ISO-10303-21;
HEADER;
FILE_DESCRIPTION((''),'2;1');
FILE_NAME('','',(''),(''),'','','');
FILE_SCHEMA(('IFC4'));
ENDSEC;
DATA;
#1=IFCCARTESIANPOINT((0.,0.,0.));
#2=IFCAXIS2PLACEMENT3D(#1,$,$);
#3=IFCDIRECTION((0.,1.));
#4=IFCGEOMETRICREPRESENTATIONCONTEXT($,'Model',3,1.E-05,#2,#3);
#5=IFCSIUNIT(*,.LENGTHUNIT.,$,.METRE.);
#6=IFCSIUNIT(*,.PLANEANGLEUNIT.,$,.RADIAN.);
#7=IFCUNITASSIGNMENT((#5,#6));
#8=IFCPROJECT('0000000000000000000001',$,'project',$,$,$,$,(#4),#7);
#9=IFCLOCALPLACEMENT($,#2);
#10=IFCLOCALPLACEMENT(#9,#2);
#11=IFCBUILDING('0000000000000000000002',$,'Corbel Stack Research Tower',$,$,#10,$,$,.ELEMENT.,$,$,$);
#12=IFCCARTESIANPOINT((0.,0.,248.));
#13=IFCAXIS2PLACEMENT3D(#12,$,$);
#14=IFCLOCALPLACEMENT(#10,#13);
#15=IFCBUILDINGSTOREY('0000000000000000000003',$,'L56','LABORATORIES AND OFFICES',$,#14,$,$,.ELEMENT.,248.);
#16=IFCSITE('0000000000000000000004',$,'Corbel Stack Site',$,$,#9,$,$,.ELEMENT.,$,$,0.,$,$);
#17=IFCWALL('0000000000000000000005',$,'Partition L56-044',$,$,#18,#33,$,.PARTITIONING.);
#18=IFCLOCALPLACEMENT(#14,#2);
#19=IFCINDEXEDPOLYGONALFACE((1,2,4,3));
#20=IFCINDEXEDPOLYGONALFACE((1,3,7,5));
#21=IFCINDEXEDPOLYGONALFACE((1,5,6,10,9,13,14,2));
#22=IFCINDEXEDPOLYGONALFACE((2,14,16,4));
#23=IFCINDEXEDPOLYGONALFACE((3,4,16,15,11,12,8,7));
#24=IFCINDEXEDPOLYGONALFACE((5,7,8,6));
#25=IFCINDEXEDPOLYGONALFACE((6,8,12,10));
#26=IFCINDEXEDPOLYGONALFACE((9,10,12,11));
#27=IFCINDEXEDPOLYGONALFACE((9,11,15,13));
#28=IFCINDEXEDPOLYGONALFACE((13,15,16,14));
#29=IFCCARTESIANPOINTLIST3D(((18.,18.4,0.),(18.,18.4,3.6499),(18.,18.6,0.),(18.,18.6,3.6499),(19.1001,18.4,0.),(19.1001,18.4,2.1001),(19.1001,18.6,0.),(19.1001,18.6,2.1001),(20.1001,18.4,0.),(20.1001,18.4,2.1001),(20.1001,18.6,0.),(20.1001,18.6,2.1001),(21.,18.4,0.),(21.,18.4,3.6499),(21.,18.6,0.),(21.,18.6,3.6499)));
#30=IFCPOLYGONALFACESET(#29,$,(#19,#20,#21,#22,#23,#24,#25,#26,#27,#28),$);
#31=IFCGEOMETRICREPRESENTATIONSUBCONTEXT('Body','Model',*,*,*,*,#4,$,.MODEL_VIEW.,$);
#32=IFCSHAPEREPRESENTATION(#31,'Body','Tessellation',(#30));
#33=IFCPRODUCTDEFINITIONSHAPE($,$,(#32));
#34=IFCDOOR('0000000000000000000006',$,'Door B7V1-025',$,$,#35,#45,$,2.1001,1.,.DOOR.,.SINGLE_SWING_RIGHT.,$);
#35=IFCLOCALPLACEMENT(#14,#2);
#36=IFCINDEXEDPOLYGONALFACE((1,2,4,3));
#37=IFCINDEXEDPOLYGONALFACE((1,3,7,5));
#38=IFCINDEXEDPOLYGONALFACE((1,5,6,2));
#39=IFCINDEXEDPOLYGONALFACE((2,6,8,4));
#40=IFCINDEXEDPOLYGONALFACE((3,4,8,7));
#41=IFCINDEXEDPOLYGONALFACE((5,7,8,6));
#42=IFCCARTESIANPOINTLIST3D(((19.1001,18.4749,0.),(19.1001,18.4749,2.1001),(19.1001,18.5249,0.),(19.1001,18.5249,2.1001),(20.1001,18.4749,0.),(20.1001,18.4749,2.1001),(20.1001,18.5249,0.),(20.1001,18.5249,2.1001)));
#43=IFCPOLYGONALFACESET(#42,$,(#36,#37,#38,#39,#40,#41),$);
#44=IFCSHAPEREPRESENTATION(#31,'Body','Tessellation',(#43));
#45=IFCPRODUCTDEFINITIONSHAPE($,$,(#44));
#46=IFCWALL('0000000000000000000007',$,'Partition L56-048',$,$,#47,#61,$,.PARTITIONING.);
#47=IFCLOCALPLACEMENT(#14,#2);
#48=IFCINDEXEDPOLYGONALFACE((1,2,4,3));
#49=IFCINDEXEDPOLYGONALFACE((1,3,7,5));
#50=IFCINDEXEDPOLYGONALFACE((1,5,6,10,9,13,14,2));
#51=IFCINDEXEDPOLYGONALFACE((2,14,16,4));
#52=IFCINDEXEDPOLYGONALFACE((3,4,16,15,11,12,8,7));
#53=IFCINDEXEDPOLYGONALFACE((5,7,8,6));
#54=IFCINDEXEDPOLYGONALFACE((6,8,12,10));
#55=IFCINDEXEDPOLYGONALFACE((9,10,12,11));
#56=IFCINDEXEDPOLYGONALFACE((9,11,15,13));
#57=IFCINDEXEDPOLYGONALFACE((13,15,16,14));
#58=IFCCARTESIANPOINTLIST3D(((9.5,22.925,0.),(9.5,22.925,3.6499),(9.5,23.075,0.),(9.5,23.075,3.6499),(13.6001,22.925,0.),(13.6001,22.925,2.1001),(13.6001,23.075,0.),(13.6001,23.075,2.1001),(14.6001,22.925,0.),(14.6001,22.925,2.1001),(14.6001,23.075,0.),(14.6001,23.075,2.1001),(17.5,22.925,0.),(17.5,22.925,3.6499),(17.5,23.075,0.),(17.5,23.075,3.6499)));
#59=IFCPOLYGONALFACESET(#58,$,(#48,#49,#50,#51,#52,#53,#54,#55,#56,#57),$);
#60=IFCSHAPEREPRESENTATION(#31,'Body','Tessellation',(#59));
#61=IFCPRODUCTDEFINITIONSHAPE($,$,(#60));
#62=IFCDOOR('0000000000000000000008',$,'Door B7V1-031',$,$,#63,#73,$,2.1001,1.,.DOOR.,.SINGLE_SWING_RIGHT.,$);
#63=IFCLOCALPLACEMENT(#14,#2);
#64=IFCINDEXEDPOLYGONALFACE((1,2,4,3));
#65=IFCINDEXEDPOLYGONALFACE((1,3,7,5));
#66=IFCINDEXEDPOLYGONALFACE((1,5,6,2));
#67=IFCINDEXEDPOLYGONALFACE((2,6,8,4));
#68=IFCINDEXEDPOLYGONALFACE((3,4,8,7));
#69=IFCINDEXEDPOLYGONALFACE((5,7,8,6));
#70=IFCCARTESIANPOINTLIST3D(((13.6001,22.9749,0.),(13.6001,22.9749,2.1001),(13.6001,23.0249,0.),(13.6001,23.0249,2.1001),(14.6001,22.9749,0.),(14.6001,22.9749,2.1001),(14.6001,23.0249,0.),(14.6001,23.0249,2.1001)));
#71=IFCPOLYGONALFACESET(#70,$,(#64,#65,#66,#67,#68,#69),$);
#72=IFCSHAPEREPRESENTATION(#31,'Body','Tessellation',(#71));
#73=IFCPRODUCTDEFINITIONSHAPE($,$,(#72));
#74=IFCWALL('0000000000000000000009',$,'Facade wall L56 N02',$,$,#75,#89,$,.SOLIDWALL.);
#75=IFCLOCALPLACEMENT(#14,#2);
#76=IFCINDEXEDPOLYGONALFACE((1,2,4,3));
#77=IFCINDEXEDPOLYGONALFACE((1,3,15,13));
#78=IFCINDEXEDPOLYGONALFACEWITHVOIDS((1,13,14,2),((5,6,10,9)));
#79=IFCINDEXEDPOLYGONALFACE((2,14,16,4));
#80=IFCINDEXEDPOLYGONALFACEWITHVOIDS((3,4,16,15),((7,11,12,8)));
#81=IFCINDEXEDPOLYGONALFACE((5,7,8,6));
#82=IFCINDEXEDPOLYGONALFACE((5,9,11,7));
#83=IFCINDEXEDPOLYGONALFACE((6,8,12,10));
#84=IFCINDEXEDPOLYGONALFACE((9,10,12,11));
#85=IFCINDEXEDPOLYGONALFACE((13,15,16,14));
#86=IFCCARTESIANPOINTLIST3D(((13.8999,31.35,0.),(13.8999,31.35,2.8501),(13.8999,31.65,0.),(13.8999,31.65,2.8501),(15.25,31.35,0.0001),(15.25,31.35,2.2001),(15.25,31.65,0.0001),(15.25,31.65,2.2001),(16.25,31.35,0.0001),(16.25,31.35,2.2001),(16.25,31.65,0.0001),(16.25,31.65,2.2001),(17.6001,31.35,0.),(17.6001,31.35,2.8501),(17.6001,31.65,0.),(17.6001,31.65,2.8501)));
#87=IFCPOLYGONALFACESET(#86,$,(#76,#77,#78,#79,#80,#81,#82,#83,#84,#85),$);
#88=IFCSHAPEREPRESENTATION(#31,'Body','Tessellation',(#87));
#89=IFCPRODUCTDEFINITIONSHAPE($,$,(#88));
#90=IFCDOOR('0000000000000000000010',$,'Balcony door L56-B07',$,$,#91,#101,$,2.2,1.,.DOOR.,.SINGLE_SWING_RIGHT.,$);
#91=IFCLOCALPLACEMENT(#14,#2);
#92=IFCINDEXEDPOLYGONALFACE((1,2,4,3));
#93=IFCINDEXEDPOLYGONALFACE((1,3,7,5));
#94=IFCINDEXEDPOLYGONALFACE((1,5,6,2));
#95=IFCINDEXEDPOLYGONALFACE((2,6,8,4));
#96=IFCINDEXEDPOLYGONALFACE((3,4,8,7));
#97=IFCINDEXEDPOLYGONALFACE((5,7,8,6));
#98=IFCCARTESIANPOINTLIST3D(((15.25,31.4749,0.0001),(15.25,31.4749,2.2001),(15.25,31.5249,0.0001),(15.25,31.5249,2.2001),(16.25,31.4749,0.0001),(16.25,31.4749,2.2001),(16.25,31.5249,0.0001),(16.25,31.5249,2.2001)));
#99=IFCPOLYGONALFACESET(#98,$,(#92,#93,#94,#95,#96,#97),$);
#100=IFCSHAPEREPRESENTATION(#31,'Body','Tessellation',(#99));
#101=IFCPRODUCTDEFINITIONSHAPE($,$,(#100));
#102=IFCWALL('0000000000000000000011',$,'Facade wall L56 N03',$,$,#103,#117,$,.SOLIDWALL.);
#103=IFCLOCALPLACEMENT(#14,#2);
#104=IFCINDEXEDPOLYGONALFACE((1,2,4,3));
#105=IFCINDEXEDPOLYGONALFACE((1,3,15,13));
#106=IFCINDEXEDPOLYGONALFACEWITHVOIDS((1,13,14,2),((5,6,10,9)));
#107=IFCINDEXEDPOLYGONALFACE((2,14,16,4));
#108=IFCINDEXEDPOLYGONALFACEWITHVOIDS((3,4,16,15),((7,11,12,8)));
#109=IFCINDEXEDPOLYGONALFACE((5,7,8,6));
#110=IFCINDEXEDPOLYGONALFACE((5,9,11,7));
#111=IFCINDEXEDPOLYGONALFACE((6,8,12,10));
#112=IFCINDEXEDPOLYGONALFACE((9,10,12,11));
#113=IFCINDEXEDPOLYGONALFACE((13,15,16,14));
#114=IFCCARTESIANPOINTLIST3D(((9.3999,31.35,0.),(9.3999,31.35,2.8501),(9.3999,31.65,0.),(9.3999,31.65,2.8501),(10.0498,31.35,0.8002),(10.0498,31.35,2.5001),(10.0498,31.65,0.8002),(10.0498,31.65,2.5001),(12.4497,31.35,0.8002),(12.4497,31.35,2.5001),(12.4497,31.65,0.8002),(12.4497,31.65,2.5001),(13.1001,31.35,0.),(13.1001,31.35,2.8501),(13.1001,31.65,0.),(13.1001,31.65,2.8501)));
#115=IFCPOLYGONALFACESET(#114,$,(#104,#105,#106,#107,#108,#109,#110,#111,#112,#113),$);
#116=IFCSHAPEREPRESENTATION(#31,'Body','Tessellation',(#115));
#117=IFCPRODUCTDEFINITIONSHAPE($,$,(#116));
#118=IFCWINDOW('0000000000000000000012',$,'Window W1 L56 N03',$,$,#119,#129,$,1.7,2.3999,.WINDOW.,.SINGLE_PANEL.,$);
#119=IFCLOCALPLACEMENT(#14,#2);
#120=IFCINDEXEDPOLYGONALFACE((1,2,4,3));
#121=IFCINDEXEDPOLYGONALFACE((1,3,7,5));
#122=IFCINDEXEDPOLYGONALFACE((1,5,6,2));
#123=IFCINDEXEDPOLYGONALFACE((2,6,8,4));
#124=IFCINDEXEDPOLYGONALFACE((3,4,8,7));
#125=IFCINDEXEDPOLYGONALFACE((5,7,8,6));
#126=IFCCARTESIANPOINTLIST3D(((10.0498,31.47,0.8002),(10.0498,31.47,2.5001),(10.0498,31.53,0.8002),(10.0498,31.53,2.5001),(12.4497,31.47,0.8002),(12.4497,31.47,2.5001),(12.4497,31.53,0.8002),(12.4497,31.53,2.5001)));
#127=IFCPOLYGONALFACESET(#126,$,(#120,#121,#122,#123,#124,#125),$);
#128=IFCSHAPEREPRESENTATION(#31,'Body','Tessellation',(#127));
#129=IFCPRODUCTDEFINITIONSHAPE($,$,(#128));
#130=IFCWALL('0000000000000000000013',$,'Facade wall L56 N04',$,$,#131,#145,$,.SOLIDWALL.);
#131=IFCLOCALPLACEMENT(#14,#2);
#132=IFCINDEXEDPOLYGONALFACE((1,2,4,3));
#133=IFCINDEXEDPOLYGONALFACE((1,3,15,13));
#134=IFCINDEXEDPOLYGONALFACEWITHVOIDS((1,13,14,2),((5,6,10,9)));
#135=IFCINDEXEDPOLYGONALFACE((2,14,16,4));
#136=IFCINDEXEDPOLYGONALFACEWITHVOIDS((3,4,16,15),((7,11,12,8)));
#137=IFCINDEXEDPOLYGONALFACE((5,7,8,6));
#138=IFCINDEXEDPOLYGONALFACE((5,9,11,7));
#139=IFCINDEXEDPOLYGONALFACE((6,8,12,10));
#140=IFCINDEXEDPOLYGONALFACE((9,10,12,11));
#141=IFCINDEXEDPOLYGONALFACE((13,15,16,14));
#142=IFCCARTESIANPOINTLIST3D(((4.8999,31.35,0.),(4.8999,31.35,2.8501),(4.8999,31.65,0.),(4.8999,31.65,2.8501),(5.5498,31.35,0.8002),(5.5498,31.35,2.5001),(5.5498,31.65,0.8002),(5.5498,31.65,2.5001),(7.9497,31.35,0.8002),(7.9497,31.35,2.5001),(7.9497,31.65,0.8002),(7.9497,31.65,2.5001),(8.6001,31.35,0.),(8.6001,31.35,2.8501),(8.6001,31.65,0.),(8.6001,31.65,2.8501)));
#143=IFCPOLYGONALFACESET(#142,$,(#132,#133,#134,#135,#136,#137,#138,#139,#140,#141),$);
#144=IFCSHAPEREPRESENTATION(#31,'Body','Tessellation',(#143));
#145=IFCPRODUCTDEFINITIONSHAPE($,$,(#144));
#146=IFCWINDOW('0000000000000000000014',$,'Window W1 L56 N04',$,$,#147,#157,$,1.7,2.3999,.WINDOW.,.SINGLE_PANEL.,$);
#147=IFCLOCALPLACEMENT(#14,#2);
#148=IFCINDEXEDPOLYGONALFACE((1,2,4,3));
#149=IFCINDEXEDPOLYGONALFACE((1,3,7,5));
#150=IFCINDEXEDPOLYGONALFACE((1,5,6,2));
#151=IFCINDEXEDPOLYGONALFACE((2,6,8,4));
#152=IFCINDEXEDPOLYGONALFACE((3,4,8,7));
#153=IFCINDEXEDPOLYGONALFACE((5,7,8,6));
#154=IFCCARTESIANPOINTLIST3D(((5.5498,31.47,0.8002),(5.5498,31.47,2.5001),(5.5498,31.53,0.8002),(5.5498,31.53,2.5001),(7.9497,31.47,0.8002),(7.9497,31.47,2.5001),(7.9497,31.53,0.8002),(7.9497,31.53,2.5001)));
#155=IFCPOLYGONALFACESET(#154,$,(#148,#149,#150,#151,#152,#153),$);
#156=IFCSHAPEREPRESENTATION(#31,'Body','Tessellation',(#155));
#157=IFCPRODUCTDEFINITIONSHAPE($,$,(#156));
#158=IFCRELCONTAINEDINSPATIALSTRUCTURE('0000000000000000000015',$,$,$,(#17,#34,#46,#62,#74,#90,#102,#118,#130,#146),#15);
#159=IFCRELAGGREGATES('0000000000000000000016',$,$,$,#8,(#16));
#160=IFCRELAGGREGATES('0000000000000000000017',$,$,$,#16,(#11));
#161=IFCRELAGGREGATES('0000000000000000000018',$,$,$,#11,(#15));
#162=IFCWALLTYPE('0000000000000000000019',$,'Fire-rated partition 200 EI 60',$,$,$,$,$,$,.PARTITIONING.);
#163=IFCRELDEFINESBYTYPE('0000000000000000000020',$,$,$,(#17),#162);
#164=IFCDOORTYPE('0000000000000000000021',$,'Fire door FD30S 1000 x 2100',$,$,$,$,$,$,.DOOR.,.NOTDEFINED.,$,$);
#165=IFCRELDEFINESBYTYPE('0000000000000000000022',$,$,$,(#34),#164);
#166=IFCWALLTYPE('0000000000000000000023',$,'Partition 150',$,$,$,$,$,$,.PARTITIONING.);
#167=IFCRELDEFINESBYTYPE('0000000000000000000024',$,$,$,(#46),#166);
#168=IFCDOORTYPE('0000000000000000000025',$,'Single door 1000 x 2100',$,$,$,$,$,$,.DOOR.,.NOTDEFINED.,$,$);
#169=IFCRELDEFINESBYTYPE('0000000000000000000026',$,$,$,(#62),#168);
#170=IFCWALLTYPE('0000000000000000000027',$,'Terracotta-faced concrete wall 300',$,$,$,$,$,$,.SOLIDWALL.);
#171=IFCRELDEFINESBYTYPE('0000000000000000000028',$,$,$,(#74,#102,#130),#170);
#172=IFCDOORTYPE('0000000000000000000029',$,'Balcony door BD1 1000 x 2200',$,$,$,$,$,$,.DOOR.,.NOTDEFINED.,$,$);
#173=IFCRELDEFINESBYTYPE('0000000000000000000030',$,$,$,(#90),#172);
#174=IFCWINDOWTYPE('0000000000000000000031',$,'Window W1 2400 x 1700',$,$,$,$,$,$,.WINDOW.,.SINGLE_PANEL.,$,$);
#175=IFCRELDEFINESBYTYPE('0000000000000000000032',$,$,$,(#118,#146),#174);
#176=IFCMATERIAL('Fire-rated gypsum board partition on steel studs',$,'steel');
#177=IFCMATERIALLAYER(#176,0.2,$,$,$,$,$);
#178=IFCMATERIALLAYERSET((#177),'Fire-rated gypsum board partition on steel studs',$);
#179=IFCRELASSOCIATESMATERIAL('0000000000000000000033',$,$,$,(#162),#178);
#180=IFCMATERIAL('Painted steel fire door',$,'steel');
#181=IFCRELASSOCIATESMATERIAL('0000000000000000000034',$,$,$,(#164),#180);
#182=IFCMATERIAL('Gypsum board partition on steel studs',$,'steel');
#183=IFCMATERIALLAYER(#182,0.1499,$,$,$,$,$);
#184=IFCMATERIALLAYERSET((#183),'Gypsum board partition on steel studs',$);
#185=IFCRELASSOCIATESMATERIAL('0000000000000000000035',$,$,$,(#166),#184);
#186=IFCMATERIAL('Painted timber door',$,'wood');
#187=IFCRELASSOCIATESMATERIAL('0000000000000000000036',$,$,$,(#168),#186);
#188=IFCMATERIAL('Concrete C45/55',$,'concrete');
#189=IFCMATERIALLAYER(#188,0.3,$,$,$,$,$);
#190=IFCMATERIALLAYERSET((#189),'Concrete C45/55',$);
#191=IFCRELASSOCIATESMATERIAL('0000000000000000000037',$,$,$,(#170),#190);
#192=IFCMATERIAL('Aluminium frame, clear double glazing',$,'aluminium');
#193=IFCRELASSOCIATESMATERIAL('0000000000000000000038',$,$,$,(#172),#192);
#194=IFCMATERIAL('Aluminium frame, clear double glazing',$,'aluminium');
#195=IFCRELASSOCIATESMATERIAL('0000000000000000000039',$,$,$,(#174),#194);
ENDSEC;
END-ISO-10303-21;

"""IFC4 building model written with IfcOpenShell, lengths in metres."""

from ifc_helpers import new_model, si_unit, direction, frame, frame_2d, origin, place, context, subcontext, project, spatial, rectangle, extrude, material, layer, layer_set, type_object, element, fill, save


model = new_model("IFC4")

# Units and contexts
model_context = context("Model", 3, precision=1e-05, world=origin(), true_north=direction((0.0, 1.0)))
body_context = subcontext(model_context, "Body", "Model", "MODEL_VIEW")
ifc_project = project(units=[si_unit("LENGTHUNIT", "METRE"), si_unit("PLANEANGLEUNIT", "RADIAN")], contexts=[model_context])

# Site, building, storey
site_placement = place(None, origin())
site = spatial("IfcSite", under=ifc_project, at=site_placement, Name="Corbel Stack Site", CompositionType="ELEMENT", RefElevation=0.0)
building_placement = place(site_placement, origin())
building = spatial("IfcBuilding", under=site, at=building_placement, Name="Corbel Stack Research Tower", CompositionType="ELEMENT")
storey_placement = place(building_placement, frame((0.0, 0.0, 248.0)))
storey = spatial("IfcBuildingStorey", under=building, at=storey_placement, Name="L56", Description="LABORATORIES AND OFFICES", CompositionType="ELEMENT", Elevation=248.0)

# Shared definitions
ifc_material_1 = material(Name="Fire-rated gypsum board partition on steel studs", Category="steel")
ifc_layer_1 = layer(ifc_material_1, 0.2)
ifc_layer_set_1 = layer_set([ifc_layer_1], Name="Fire-rated gypsum board partition on steel studs")
wall_type_1 = type_object("IfcWallType", Name="Fire-rated partition 200 EI 60", PredefinedType="PARTITIONING", material=ifc_layer_set_1)

# Walls, openings, doors
wall_1_placement = place(storey_placement, frame((18.0, 18.5, 0.0), z_axis=(0.0, 0.0, 1.0), x_axis=(1.0, 0.0, 0.0)))
wall_1 = element("IfcWall", 1, at=wall_1_placement, inside=storey, type_object=wall_type_1, Name="Partition L56-044", PredefinedType="PARTITIONING", context=body_context, shape_type="SweptSolid", body=[
    extrude(rectangle(XDim=3.0, YDim=0.2, at=frame_2d((1.5, 0.0))), origin(), (0.0, 0.0, 1.0), 3.6499),
])
opening_1_placement = place(wall_1_placement, frame((1.1001, 0.0, 0.0)))
opening_1 = element("IfcOpeningElement", 2, at=opening_1_placement, cuts=wall_1, PredefinedType="OPENING", context=body_context, shape_type="SweptSolid", body=[
    extrude(rectangle(XDim=1.0, YDim=2.1001, at=frame_2d((0.5, 1.05))), frame((0.0, 0.1099, 0.0), z_axis=(0.0, -1.0, 0.0), x_axis=(1.0, 0.0, 0.0)), (0.0, 0.0, 1.0), 0.22),
])
ifc_material_2 = material(Name="Painted steel fire door", Category="steel")
door_type_1 = type_object("IfcDoorType", Name="Fire door FD30S 1000 x 2100", OperationType="NOTDEFINED", PredefinedType="DOOR", material=ifc_material_2)
door_1_placement = place(opening_1_placement, origin())
door_1 = element("IfcDoor", 3, at=door_1_placement, inside=storey, type_object=door_type_1, Name="Door B7V1-025", OperationType="SINGLE_SWING_RIGHT", OverallHeight=2.1001, OverallWidth=1.0, PredefinedType="DOOR", context=body_context, shape_type="SweptSolid", body=[
    extrude(rectangle(XDim=1.0, YDim=2.1001, at=frame_2d((0.5, 1.05))), frame((0.0, 0.0249, 0.0), z_axis=(0.0, -1.0, 0.0), x_axis=(1.0, 0.0, 0.0)), (0.0, 0.0, 1.0), 0.05),
])
fill(opening_1, door_1)
ifc_material_3 = material(Name="Gypsum board partition on steel studs", Category="steel")
ifc_layer_2 = layer(ifc_material_3, 0.1499)
ifc_layer_set_2 = layer_set([ifc_layer_2], Name="Gypsum board partition on steel studs")
wall_type_2 = type_object("IfcWallType", Name="Partition 150", PredefinedType="PARTITIONING", material=ifc_layer_set_2)
wall_2_placement = place(storey_placement, frame((9.5, 23.0, 0.0), z_axis=(0.0, 0.0, 1.0), x_axis=(1.0, 0.0, 0.0)))
wall_2 = element("IfcWall", 4, at=wall_2_placement, inside=storey, type_object=wall_type_2, Name="Partition L56-048", PredefinedType="PARTITIONING", context=body_context, shape_type="SweptSolid", body=[
    extrude(rectangle(XDim=8.0, YDim=0.1499, at=frame_2d((4.0, 0.0))), origin(), (0.0, 0.0, 1.0), 3.6499),
])
opening_2_placement = place(wall_2_placement, frame((4.1001, 0.0, 0.0)))
opening_2 = element("IfcOpeningElement", 5, at=opening_2_placement, cuts=wall_2, PredefinedType="OPENING", context=body_context, shape_type="SweptSolid", body=[
    extrude(rectangle(XDim=1.0, YDim=2.1001, at=frame_2d((0.5, 1.05))), frame((0.0, 0.085, 0.0), z_axis=(0.0, -1.0, 0.0), x_axis=(1.0, 0.0, 0.0)), (0.0, 0.0, 1.0), 0.1699),
])
ifc_material_4 = material(Name="Painted timber door", Category="wood")
door_type_2 = type_object("IfcDoorType", Name="Single door 1000 x 2100", OperationType="NOTDEFINED", PredefinedType="DOOR", material=ifc_material_4)
door_2_placement = place(opening_2_placement, origin())
door_2 = element("IfcDoor", 6, at=door_2_placement, inside=storey, type_object=door_type_2, Name="Door B7V1-031", OperationType="SINGLE_SWING_RIGHT", OverallHeight=2.1001, OverallWidth=1.0, PredefinedType="DOOR", context=body_context, shape_type="SweptSolid", body=[
    extrude(rectangle(XDim=1.0, YDim=2.1001, at=frame_2d((0.5, 1.05))), frame((0.0, 0.0249, 0.0), z_axis=(0.0, -1.0, 0.0), x_axis=(1.0, 0.0, 0.0)), (0.0, 0.0, 1.0), 0.05),
])
fill(opening_2, door_2)
ifc_material_5 = material(Name="Concrete C45/55", Category="concrete")
ifc_layer_3 = layer(ifc_material_5, 0.3)
ifc_layer_set_3 = layer_set([ifc_layer_3], Name="Concrete C45/55")
wall_type_3 = type_object("IfcWallType", Name="Terracotta-faced concrete wall 300", PredefinedType="SOLIDWALL", material=ifc_layer_set_3)
wall_3_placement = place(storey_placement, frame((13.8999, 31.5, 0.0), z_axis=(0.0, 0.0, 1.0), x_axis=(1.0, 0.0, 0.0)))
wall_3 = element("IfcWall", 7, at=wall_3_placement, inside=storey, type_object=wall_type_3, Name="Facade wall L56 N02", PredefinedType="SOLIDWALL", context=body_context, shape_type="SweptSolid", body=[
    extrude(rectangle(XDim=3.7002, YDim=0.3, at=frame_2d((1.8501, 0.0))), origin(), (0.0, 0.0, 1.0), 2.8501),
])
opening_3_placement = place(wall_3_placement, frame((1.3501, 0.0, 0.0)))
opening_3 = element("IfcOpeningElement", 8, at=opening_3_placement, cuts=wall_3, PredefinedType="OPENING", context=body_context, shape_type="SweptSolid", body=[
    extrude(rectangle(XDim=1.0, YDim=2.2, at=frame_2d((0.5, 1.1001))), frame((0.0, 0.1599, 0.0), z_axis=(0.0, -1.0, 0.0), x_axis=(1.0, 0.0, 0.0)), (0.0, 0.0, 1.0), 0.3201),
])
ifc_material_6 = material(Name="Aluminium frame, clear double glazing", Category="aluminium")
door_type_3 = type_object("IfcDoorType", Name="Balcony door BD1 1000 x 2200", OperationType="NOTDEFINED", PredefinedType="DOOR", material=ifc_material_6)
door_3_placement = place(opening_3_placement, origin())
door_3 = element("IfcDoor", 9, at=door_3_placement, inside=storey, type_object=door_type_3, Name="Balcony door L56-B07", OperationType="SINGLE_SWING_RIGHT", OverallHeight=2.2, OverallWidth=1.0, PredefinedType="DOOR", context=body_context, shape_type="SweptSolid", body=[
    extrude(rectangle(XDim=1.0, YDim=2.2, at=frame_2d((0.5, 1.1001))), frame((0.0, 0.0249, 0.0), z_axis=(0.0, -1.0, 0.0), x_axis=(1.0, 0.0, 0.0)), (0.0, 0.0, 1.0), 0.05),
])
fill(opening_3, door_3)

# Walls, openings, windows
wall_4_placement = place(storey_placement, frame((9.3999, 31.5, 0.0), z_axis=(0.0, 0.0, 1.0), x_axis=(1.0, 0.0, 0.0)))
wall_4 = element("IfcWall", 10, at=wall_4_placement, inside=storey, type_object=wall_type_3, Name="Facade wall L56 N03", PredefinedType="SOLIDWALL", context=body_context, shape_type="SweptSolid", body=[
    extrude(rectangle(XDim=3.7002, YDim=0.3, at=frame_2d((1.8501, 0.0))), origin(), (0.0, 0.0, 1.0), 2.8501),
])
opening_4_placement = place(wall_4_placement, frame((0.6499, 0.0, 0.8)))
opening_4 = element("IfcOpeningElement", 11, at=opening_4_placement, cuts=wall_4, PredefinedType="OPENING", context=body_context, shape_type="SweptSolid", body=[
    extrude(rectangle(XDim=2.3999, YDim=1.7, at=frame_2d((1.2, 0.8501))), frame((0.0, 0.1599, 0.0), z_axis=(0.0, -1.0, 0.0), x_axis=(1.0, 0.0, 0.0)), (0.0, 0.0, 1.0), 0.3201),
])
ifc_material_7 = material(Name="Aluminium frame, clear double glazing", Category="aluminium")
window_type = type_object("IfcWindowType", Name="Window W1 2400 x 1700", PartitioningType="SINGLE_PANEL", PredefinedType="WINDOW", material=ifc_material_7)
window_1_placement = place(opening_4_placement, origin())
window_1 = element("IfcWindow", 12, at=window_1_placement, inside=storey, type_object=window_type, Name="Window W1 L56 N03", OverallHeight=1.7, OverallWidth=2.3999, PartitioningType="SINGLE_PANEL", PredefinedType="WINDOW", context=body_context, shape_type="SweptSolid", body=[
    extrude(rectangle(XDim=2.3999, YDim=1.7, at=frame_2d((1.2, 0.8501))), frame((0.0, 0.03, 0.0), z_axis=(0.0, -1.0, 0.0), x_axis=(1.0, 0.0, 0.0)), (0.0, 0.0, 1.0), 0.0601),
])
fill(opening_4, window_1)
wall_5_placement = place(storey_placement, frame((4.8999, 31.5, 0.0), z_axis=(0.0, 0.0, 1.0), x_axis=(1.0, 0.0, 0.0)))
wall_5 = element("IfcWall", 13, at=wall_5_placement, inside=storey, type_object=wall_type_3, Name="Facade wall L56 N04", PredefinedType="SOLIDWALL", context=body_context, shape_type="SweptSolid", body=[
    extrude(rectangle(XDim=3.7002, YDim=0.3, at=frame_2d((1.8501, 0.0))), origin(), (0.0, 0.0, 1.0), 2.8501),
])
opening_5_placement = place(wall_5_placement, frame((0.6499, 0.0, 0.8)))
opening_5 = element("IfcOpeningElement", 14, at=opening_5_placement, cuts=wall_5, PredefinedType="OPENING", context=body_context, shape_type="SweptSolid", body=[
    extrude(rectangle(XDim=2.3999, YDim=1.7, at=frame_2d((1.2, 0.8501))), frame((0.0, 0.1599, 0.0), z_axis=(0.0, -1.0, 0.0), x_axis=(1.0, 0.0, 0.0)), (0.0, 0.0, 1.0), 0.3201),
])
window_2_placement = place(opening_5_placement, origin())
window_2 = element("IfcWindow", 15, at=window_2_placement, inside=storey, type_object=window_type, Name="Window W1 L56 N04", OverallHeight=1.7, OverallWidth=2.3999, PartitioningType="SINGLE_PANEL", PredefinedType="WINDOW", context=body_context, shape_type="SweptSolid", body=[
    extrude(rectangle(XDim=2.3999, YDim=1.7, at=frame_2d((1.2, 0.8501))), frame((0.0, 0.03, 0.0), z_axis=(0.0, -1.0, 0.0), x_axis=(1.0, 0.0, 0.0)), (0.0, 0.0, 1.0), 0.0601),
])
fill(opening_5, window_2)

save(model, "model.ifc")
